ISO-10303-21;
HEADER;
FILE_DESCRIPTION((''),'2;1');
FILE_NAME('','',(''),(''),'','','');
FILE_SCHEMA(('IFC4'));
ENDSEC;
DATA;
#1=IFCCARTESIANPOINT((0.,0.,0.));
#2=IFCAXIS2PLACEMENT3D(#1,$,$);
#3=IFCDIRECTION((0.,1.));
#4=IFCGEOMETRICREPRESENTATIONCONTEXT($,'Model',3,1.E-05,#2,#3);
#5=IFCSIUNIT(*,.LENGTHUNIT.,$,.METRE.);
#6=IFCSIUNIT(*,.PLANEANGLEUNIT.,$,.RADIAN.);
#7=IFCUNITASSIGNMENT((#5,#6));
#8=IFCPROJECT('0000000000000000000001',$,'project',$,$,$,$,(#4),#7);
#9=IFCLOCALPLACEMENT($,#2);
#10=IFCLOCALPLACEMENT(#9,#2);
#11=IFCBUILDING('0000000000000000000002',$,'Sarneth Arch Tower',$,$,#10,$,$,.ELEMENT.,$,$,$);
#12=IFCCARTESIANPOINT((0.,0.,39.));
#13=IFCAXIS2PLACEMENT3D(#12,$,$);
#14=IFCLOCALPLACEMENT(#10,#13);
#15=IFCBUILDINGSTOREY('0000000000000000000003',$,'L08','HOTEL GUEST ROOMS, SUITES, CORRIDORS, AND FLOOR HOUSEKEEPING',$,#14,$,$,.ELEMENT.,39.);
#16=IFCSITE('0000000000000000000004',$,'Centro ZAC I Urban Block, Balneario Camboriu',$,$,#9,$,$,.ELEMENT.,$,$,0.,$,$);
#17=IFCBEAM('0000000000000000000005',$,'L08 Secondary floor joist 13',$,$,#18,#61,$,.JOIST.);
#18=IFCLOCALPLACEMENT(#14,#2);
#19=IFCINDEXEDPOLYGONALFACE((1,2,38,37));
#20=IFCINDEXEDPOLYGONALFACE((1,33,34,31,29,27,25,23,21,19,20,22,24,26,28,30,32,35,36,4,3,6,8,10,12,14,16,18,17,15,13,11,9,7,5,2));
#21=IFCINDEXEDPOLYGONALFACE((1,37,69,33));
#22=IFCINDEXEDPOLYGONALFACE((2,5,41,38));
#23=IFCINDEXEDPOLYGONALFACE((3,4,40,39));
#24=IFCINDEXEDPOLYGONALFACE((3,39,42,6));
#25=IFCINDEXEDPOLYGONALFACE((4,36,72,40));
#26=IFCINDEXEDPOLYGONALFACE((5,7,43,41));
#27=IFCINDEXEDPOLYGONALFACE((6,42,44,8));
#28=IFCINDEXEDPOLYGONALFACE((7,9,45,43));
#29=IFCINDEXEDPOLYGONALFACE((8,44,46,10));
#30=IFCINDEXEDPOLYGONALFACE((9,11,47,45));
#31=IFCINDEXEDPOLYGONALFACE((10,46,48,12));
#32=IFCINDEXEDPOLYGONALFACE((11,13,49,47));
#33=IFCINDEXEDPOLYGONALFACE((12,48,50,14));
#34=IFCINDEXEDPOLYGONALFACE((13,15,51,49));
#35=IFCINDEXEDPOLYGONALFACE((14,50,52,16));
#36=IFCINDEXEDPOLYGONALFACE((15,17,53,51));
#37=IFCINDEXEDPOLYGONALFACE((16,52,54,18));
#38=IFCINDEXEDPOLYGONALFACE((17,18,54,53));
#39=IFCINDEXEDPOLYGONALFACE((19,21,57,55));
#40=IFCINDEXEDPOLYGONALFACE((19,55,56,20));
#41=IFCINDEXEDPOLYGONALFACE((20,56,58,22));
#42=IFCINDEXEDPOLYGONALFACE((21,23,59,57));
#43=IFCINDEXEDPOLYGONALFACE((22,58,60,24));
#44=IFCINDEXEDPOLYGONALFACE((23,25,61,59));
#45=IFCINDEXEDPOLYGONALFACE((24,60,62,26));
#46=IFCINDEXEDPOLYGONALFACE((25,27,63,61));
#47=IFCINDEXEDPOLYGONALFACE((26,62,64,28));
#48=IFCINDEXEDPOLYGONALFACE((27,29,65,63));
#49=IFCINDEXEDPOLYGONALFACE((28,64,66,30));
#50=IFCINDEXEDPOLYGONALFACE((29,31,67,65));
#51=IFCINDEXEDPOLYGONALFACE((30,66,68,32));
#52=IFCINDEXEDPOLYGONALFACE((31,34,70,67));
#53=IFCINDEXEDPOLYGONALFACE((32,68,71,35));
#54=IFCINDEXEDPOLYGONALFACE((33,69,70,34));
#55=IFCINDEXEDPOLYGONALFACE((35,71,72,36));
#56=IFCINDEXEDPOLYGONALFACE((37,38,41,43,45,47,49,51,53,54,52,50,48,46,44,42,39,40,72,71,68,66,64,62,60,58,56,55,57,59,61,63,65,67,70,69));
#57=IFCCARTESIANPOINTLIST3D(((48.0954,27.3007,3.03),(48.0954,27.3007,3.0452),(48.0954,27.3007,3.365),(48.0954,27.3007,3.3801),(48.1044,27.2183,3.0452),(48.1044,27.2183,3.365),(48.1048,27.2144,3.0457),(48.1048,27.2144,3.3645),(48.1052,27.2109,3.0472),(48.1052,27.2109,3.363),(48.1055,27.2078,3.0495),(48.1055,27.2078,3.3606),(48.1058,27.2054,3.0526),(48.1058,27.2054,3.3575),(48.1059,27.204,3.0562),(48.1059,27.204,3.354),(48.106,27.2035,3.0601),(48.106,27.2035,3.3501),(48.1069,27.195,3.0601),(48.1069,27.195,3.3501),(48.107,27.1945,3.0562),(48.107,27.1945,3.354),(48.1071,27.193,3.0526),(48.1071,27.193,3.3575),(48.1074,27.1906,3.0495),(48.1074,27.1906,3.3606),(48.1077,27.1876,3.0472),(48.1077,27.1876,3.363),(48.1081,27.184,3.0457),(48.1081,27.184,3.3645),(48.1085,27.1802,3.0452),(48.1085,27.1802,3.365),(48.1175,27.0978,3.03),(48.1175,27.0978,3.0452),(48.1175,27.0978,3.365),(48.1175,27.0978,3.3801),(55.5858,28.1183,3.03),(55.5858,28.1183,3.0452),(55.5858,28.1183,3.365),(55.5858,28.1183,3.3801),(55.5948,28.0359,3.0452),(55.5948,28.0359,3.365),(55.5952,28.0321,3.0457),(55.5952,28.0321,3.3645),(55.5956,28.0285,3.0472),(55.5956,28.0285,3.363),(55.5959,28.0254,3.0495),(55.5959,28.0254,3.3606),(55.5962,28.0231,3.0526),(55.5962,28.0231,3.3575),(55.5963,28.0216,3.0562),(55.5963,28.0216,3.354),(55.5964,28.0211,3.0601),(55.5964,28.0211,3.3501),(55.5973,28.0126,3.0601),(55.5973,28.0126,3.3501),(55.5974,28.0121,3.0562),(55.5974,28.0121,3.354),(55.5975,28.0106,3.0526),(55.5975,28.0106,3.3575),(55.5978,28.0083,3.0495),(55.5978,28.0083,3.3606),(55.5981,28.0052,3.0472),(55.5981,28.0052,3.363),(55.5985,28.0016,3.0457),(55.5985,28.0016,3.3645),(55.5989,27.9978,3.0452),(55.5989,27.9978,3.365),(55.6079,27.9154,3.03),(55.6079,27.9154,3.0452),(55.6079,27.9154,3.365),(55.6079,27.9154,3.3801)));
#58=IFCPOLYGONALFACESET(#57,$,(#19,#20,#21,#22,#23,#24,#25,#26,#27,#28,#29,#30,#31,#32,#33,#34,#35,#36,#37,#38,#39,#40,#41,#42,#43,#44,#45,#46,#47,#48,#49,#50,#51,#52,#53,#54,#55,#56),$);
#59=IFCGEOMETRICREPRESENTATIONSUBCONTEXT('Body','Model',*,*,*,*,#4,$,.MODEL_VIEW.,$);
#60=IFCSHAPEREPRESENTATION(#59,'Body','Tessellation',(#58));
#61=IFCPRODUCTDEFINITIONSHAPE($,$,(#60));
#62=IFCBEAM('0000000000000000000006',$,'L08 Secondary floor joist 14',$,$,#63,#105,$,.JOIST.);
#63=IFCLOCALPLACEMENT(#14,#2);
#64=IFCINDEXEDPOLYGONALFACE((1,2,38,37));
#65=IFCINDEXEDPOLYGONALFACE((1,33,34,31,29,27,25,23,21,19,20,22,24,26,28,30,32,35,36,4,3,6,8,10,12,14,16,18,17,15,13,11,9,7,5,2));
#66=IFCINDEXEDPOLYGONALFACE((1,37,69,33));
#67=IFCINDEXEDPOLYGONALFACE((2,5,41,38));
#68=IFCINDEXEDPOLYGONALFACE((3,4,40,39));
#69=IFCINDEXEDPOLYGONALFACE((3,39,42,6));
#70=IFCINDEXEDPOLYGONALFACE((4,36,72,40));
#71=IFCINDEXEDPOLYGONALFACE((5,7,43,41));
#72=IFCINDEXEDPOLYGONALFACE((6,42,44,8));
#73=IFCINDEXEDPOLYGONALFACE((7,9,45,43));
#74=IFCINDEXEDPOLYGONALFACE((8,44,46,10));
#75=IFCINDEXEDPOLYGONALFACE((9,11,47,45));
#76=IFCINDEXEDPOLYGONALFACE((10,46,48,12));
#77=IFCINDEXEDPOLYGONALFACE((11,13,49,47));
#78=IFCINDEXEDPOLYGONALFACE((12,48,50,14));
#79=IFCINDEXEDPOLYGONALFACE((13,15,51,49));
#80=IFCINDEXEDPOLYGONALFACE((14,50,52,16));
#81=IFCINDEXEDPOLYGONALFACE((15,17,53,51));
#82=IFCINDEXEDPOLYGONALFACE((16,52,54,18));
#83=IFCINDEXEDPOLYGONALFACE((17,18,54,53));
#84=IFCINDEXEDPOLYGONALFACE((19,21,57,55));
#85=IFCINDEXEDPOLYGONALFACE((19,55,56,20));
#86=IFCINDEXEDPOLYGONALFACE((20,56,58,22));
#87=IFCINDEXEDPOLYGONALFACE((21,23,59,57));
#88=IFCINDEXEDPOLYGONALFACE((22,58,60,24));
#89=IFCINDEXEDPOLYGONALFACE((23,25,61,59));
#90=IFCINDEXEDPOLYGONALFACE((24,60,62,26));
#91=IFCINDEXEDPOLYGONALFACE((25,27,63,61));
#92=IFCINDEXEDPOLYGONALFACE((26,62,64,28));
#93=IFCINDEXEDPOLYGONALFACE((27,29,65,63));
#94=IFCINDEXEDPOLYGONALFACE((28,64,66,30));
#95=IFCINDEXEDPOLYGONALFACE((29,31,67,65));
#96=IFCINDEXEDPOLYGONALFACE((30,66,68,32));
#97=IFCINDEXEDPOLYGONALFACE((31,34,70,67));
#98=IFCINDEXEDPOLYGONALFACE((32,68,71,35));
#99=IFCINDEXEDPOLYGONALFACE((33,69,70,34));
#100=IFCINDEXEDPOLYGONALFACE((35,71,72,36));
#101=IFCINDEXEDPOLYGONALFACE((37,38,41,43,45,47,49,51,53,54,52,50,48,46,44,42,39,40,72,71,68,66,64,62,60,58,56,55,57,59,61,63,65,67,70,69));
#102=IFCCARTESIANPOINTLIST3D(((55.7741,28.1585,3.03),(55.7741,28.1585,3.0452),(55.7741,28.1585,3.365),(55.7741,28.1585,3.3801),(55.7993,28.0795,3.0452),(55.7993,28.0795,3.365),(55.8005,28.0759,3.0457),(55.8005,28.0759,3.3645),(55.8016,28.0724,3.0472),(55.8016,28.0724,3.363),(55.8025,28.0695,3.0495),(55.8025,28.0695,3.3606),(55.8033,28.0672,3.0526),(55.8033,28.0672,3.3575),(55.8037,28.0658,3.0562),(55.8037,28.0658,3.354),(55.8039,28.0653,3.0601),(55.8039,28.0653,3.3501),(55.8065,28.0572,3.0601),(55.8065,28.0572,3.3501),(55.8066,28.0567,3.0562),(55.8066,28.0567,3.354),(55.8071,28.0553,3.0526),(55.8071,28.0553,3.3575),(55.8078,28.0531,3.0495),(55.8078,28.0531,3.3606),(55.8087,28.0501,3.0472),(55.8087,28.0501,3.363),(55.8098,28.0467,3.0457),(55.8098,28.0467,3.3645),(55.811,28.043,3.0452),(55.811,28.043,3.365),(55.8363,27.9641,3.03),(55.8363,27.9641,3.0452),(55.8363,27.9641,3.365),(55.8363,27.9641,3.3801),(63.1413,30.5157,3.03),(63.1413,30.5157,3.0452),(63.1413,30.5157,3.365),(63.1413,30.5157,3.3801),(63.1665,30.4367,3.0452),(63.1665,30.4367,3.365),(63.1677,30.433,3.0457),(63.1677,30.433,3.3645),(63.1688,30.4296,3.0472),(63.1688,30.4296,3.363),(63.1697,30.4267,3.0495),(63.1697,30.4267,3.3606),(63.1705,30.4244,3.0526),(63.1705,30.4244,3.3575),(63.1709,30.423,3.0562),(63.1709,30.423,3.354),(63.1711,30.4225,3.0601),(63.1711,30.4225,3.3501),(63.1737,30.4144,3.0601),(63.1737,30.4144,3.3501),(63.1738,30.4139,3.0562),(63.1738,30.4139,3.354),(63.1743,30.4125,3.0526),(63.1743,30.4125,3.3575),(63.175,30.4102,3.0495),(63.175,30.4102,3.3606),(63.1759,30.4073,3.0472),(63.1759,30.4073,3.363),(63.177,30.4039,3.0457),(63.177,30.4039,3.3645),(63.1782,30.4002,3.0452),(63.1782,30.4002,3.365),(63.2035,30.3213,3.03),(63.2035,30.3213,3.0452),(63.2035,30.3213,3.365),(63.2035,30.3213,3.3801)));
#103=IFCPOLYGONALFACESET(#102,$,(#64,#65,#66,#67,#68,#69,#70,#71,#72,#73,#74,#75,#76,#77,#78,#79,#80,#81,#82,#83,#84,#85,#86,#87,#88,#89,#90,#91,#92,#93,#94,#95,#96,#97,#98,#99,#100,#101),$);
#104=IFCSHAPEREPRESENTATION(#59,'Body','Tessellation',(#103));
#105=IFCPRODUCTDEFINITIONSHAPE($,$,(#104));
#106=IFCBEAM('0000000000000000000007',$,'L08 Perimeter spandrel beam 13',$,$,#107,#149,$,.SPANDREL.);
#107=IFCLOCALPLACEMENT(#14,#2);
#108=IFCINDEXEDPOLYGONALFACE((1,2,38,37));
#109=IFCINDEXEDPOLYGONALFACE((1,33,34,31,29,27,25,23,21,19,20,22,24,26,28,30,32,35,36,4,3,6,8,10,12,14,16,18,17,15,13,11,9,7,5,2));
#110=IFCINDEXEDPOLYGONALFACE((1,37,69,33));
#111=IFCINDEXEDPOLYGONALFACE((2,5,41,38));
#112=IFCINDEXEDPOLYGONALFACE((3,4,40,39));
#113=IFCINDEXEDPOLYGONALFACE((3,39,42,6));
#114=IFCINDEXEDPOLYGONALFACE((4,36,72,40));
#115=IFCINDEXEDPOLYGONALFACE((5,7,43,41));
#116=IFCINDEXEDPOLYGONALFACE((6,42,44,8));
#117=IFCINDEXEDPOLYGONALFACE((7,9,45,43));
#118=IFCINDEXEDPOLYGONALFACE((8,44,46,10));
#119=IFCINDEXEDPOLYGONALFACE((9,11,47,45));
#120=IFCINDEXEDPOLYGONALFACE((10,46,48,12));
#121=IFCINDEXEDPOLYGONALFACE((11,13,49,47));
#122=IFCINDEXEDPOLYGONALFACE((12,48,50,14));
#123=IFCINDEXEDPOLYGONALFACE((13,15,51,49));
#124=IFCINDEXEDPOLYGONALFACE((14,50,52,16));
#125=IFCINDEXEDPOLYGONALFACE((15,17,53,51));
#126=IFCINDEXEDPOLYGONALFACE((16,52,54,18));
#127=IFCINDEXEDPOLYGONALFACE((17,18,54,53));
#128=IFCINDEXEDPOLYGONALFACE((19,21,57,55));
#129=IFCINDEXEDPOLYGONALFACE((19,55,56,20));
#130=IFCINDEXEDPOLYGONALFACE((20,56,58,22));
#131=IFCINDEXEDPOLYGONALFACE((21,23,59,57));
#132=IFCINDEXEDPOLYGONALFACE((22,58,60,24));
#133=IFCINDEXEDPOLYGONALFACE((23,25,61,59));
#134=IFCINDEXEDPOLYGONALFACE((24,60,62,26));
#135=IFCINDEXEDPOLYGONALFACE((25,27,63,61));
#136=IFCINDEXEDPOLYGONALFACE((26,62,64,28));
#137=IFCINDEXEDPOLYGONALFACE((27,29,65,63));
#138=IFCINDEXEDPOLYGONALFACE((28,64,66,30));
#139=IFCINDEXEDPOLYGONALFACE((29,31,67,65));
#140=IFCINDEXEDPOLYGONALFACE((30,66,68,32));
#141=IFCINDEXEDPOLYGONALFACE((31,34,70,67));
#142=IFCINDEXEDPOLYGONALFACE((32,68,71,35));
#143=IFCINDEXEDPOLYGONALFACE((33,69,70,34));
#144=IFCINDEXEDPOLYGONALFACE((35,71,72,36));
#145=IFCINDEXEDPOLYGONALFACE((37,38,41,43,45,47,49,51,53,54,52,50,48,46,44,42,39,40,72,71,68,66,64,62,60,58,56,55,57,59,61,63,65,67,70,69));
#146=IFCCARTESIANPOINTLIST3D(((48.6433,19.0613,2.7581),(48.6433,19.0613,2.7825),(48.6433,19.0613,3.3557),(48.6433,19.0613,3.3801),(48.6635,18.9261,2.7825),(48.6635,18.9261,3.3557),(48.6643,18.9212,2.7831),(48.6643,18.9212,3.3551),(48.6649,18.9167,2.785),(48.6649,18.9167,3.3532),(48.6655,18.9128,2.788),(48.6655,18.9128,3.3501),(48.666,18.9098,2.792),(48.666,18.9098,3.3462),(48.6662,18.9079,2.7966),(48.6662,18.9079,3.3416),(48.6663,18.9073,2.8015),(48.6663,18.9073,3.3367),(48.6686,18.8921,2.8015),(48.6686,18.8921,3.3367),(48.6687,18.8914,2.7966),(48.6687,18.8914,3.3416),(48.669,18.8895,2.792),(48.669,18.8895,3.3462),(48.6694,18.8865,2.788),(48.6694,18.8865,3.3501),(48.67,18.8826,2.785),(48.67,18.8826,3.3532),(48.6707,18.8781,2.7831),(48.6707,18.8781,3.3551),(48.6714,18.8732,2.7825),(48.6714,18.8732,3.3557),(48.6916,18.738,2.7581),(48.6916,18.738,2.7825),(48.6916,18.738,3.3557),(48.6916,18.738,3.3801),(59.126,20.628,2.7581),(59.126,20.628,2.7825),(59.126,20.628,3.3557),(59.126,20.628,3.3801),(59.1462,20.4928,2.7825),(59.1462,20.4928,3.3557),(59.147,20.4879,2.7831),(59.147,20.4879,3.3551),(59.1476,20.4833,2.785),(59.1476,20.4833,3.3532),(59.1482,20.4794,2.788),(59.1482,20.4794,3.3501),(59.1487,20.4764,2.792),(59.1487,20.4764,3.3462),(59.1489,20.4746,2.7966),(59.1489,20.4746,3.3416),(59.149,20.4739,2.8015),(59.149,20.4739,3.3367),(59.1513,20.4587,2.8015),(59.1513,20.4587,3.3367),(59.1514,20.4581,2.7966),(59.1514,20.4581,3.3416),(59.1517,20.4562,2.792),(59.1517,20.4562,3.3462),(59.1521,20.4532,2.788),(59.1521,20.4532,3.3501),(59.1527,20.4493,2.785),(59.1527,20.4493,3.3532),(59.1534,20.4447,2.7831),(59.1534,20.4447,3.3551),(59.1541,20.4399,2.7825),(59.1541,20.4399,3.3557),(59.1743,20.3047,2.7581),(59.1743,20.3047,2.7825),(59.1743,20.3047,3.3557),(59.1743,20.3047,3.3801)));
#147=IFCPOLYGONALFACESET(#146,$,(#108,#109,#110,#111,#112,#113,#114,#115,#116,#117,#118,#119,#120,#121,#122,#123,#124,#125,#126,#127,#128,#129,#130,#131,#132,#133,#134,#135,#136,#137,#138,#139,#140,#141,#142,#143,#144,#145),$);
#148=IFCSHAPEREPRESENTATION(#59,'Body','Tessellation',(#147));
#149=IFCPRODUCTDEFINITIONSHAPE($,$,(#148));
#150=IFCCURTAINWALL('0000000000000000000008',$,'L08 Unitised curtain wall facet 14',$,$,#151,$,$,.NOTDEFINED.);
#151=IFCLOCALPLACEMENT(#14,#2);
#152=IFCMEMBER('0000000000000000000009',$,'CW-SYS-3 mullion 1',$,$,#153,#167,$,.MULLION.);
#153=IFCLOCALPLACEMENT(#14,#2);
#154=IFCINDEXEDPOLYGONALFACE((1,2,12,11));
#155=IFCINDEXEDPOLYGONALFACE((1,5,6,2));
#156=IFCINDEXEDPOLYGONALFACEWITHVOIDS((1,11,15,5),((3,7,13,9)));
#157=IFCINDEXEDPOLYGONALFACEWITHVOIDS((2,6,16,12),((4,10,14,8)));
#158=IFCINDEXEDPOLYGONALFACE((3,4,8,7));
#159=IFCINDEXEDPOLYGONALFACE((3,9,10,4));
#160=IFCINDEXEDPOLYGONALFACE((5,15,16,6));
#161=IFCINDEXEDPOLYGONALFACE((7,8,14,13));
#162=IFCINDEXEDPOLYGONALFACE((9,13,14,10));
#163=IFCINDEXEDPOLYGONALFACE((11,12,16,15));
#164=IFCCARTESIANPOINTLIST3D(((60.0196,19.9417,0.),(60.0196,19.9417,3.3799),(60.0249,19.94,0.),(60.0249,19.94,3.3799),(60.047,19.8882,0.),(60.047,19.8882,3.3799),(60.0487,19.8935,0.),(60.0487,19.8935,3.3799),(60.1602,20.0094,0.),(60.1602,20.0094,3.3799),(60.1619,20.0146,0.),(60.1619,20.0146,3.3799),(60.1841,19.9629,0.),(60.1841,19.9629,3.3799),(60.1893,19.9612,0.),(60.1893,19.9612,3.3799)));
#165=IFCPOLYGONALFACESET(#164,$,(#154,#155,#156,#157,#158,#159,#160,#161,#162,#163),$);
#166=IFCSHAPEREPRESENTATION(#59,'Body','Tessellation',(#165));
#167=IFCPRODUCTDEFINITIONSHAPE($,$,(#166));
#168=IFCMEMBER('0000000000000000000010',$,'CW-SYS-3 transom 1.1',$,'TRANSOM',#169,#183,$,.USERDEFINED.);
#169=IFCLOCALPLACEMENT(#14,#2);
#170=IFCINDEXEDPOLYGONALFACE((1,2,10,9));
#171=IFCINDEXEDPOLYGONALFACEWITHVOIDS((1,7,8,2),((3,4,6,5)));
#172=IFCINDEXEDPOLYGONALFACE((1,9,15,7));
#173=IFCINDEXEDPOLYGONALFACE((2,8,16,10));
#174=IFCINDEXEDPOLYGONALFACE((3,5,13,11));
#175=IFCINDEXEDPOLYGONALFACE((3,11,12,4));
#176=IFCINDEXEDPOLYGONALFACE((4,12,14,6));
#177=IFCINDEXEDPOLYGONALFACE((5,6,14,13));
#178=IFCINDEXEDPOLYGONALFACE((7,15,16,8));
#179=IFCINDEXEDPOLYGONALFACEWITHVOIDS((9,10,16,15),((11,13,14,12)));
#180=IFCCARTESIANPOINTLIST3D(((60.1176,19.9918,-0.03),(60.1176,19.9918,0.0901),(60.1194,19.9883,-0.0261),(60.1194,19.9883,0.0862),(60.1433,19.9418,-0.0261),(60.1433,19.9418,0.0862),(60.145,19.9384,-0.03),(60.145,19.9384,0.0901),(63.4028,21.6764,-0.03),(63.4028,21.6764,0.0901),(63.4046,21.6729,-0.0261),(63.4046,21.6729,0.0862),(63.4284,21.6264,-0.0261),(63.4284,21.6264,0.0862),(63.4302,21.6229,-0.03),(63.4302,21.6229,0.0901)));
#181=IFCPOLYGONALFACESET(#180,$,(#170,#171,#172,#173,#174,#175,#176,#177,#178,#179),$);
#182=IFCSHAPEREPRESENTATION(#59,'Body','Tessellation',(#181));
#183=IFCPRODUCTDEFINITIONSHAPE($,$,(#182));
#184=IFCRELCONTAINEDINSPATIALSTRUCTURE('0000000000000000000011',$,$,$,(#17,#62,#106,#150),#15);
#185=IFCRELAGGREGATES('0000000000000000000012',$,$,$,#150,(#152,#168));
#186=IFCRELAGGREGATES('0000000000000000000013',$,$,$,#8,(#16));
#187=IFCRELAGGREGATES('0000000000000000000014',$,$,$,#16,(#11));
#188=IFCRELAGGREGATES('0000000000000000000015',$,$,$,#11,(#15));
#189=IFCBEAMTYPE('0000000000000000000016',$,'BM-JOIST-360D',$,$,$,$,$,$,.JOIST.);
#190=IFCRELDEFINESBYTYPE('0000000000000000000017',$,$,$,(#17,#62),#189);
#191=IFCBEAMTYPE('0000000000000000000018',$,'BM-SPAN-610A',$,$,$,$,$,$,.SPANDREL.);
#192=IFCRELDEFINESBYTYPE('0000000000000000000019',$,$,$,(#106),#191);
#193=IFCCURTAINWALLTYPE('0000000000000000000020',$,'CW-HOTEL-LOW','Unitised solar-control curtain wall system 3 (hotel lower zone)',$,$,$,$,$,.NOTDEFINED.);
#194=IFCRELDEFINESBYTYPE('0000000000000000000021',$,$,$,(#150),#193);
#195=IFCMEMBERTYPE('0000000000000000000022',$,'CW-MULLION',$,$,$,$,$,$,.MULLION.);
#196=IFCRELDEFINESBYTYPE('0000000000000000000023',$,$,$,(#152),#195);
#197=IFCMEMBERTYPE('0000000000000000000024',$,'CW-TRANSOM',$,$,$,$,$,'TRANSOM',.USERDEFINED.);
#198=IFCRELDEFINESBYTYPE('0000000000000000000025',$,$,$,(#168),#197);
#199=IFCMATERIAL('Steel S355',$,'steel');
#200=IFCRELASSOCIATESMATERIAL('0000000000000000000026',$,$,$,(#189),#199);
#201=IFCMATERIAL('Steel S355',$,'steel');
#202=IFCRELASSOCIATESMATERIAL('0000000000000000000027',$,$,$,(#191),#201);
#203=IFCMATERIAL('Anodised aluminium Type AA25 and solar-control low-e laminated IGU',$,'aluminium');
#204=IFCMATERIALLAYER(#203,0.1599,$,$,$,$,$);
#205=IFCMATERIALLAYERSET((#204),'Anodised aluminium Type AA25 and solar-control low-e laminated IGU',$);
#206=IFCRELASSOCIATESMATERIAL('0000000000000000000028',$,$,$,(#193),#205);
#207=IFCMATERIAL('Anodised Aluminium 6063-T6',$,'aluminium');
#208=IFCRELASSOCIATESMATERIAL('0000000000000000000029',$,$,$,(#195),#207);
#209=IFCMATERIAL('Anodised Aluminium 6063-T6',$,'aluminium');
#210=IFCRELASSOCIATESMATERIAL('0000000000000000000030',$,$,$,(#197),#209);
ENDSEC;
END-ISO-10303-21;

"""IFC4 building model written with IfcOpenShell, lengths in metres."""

from ifc_helpers import new_model, si_unit, direction, frame, origin, origin_2d, place, context, subcontext, project, spatial, hollow_rectangle, i_section, extrude, material, layer, layer_set, material_profile, profile_set, type_object, element, aggregate, save


model = new_model("IFC4")

# Units and contexts
model_context = context("Model", 3, precision=1e-05, world=origin(), true_north=direction((0.0, 1.0)))
body_context = subcontext(model_context, "Body", "Model", "MODEL_VIEW")
ifc_project = project(units=[si_unit("LENGTHUNIT", "METRE"), si_unit("PLANEANGLEUNIT", "RADIAN")], contexts=[model_context])

# Site, building, storey
site_placement = place(None, origin())
site = spatial("IfcSite", under=ifc_project, at=site_placement, Name="Centro ZAC I Urban Block, Balneario Camboriu", CompositionType="ELEMENT", RefElevation=0.0)
building_placement = place(site_placement, origin())
building = spatial("IfcBuilding", under=site, at=building_placement, Name="Sarneth Arch Tower", CompositionType="ELEMENT")
storey_placement = place(building_placement, frame((0.0, 0.0, 39.0)))
storey = spatial("IfcBuildingStorey", under=building, at=storey_placement, Name="L08", Description="HOTEL GUEST ROOMS, SUITES, CORRIDORS, AND FLOOR HOUSEKEEPING", CompositionType="ELEMENT", Elevation=39.0)

# Beams
ifc_material_1 = material(Name="Steel S355", Category="steel")
ifc_material_profile_1 = material_profile(ifc_material_1, i_section(OverallWidth=0.2041, OverallDepth=0.3501, WebThickness=0.0085, FlangeThickness=0.0151, FilletRadius=0.0149, at=origin_2d()), Name="W360x72")
ifc_profile_set_1 = profile_set([ifc_material_profile_1], Name="Steel S355")
beam_type_1 = type_object("IfcBeamType", Name="BM-JOIST-360D", PredefinedType="JOIST", material=ifc_profile_set_1)
beam_1_placement = place(storey_placement, frame((48.1064, 27.1992, 3.2051), z_axis=(0.994095, 0.108511, 0.0), x_axis=(-0.108511, 0.994095, 0.0)))
element("IfcBeam", 1, at=beam_1_placement, inside=storey, type_object=beam_type_1, Name="L08 Secondary floor joist 13", PredefinedType="JOIST", context=body_context, shape_type="SweptSolid", body=[
    extrude(i_section(OverallWidth=0.2041, OverallDepth=0.3501, WebThickness=0.0085, FlangeThickness=0.0151, FilletRadius=0.0149, at=origin_2d()), origin(), (0.0, 0.0, 1.0), 7.5349),
])
beam_2_placement = place(storey_placement, frame((55.8052, 28.0613, 3.2051), z_axis=(0.952436, 0.304738, 0.0), x_axis=(-0.304738, 0.952436, 0.0)))
element("IfcBeam", 2, at=beam_2_placement, inside=storey, type_object=beam_type_1, Name="L08 Secondary floor joist 14", PredefinedType="JOIST", context=body_context, shape_type="SweptSolid", body=[
    extrude(i_section(OverallWidth=0.2041, OverallDepth=0.3501, WebThickness=0.0085, FlangeThickness=0.0151, FilletRadius=0.0149, at=origin_2d()), origin(), (0.0, 0.0, 1.0), 7.7351),
])
ifc_material_2 = material(Name="Steel S355", Category="steel")
ifc_material_profile_2 = material_profile(ifc_material_2, i_section(OverallWidth=0.3269, OverallDepth=0.6221, WebThickness=0.0154, FlangeThickness=0.0244, FilletRadius=0.019, at=origin_2d()), Name="W610x195")
ifc_profile_set_2 = profile_set([ifc_material_profile_2], Name="Steel S355")
beam_type_2 = type_object("IfcBeamType", Name="BM-SPAN-610A", PredefinedType="SPANDREL", material=ifc_profile_set_2)
beam_3_placement = place(storey_placement, frame((48.6675, 18.8997, 3.0691), z_axis=(0.989016, 0.14781, 0.0), x_axis=(-0.14781, 0.989016, 0.0)))
element("IfcBeam", 3, at=beam_3_placement, inside=storey, type_object=beam_type_2, Name="L08 Perimeter spandrel beam 13", PredefinedType="SPANDREL", context=body_context, shape_type="SweptSolid", body=[
    extrude(i_section(OverallWidth=0.3269, OverallDepth=0.6221, WebThickness=0.0154, FlangeThickness=0.0244, FilletRadius=0.019, at=origin_2d()), origin(), (0.0, 0.0, 1.0), 10.5991),
])

# Curtain wall, members
ifc_material_3 = material(Name="Anodised aluminium Type AA25 and solar-control low-e laminated IGU", Category="aluminium")
ifc_layer_1 = layer(ifc_material_3, 0.1599)
ifc_layer_set_1 = layer_set([ifc_layer_1], Name="Anodised aluminium Type AA25 and solar-control low-e laminated IGU")
curtain_wall_type = type_object("IfcCurtainWallType", Name="CW-HOTEL-LOW", Description="Unitised solar-control curtain wall system 3 (hotel lower zone)", PredefinedType="NOTDEFINED", material=ifc_layer_set_1)
curtain_wall_placement = place(storey_placement, origin())
curtain_wall = element("IfcCurtainWall", 4, at=curtain_wall_placement, inside=storey, type_object=curtain_wall_type, Name="L08 Unitised curtain wall facet 14", PredefinedType="NOTDEFINED")
ifc_material_4 = material(Name="Anodised Aluminium 6063-T6", Category="aluminium")
ifc_material_profile_3 = material_profile(ifc_material_4, hollow_rectangle(XDim=0.0601, YDim=0.1599, WallThickness=0.0039, at=origin_2d()), Name="AL-MULL-160x60x4")
ifc_profile_set_3 = profile_set([ifc_material_profile_3], Name="Anodised Aluminium 6063-T6")
member_type_1 = type_object("IfcMemberType", Name="CW-MULLION", PredefinedType="MULLION", material=ifc_profile_set_3)
member_1_placement = place(storey_placement, frame((60.1045, 19.9514, 0.0), z_axis=(0.0, 0.0, 1.0), x_axis=(-0.456245, 0.889854, 0.0)))
member_1 = element("IfcMember", 5, at=member_1_placement, type_object=member_type_1, Name="CW-SYS-3 mullion 1", PredefinedType="MULLION", context=body_context, shape_type="SweptSolid", body=[
    extrude(hollow_rectangle(XDim=0.0601, YDim=0.1599, WallThickness=0.0039, at=origin_2d()), origin(), (0.0, 0.0, 1.0), 3.3799),
])
ifc_material_5 = material(Name="Anodised Aluminium 6063-T6", Category="aluminium")
ifc_material_profile_4 = material_profile(ifc_material_5, hollow_rectangle(XDim=0.0601, YDim=0.1201, WallThickness=0.0039, at=origin_2d()), Name="AL-TRAN-120x60x4")
ifc_profile_set_4 = profile_set([ifc_material_profile_4], Name="Anodised Aluminium 6063-T6")
member_type_2 = type_object("IfcMemberType", Name="CW-TRANSOM", ElementType="TRANSOM", PredefinedType="USERDEFINED", material=ifc_profile_set_4)
member_2_placement = place(storey_placement, frame((60.1313, 19.9651, 0.03), z_axis=(0.889831, 0.45629, 0.0), x_axis=(-0.45629, 0.889831, 0.0)))
member_2 = element("IfcMember", 6, at=member_2_placement, type_object=member_type_2, Name="CW-SYS-3 transom 1.1", ObjectType="TRANSOM", PredefinedType="USERDEFINED", context=body_context, shape_type="SweptSolid", body=[
    extrude(hollow_rectangle(XDim=0.0601, YDim=0.1201, WallThickness=0.0039, at=origin_2d()), origin(), (0.0, 0.0, 1.0), 3.6919),
])
aggregate(curtain_wall, [member_1, member_2])

save(model, "model.ifc")
